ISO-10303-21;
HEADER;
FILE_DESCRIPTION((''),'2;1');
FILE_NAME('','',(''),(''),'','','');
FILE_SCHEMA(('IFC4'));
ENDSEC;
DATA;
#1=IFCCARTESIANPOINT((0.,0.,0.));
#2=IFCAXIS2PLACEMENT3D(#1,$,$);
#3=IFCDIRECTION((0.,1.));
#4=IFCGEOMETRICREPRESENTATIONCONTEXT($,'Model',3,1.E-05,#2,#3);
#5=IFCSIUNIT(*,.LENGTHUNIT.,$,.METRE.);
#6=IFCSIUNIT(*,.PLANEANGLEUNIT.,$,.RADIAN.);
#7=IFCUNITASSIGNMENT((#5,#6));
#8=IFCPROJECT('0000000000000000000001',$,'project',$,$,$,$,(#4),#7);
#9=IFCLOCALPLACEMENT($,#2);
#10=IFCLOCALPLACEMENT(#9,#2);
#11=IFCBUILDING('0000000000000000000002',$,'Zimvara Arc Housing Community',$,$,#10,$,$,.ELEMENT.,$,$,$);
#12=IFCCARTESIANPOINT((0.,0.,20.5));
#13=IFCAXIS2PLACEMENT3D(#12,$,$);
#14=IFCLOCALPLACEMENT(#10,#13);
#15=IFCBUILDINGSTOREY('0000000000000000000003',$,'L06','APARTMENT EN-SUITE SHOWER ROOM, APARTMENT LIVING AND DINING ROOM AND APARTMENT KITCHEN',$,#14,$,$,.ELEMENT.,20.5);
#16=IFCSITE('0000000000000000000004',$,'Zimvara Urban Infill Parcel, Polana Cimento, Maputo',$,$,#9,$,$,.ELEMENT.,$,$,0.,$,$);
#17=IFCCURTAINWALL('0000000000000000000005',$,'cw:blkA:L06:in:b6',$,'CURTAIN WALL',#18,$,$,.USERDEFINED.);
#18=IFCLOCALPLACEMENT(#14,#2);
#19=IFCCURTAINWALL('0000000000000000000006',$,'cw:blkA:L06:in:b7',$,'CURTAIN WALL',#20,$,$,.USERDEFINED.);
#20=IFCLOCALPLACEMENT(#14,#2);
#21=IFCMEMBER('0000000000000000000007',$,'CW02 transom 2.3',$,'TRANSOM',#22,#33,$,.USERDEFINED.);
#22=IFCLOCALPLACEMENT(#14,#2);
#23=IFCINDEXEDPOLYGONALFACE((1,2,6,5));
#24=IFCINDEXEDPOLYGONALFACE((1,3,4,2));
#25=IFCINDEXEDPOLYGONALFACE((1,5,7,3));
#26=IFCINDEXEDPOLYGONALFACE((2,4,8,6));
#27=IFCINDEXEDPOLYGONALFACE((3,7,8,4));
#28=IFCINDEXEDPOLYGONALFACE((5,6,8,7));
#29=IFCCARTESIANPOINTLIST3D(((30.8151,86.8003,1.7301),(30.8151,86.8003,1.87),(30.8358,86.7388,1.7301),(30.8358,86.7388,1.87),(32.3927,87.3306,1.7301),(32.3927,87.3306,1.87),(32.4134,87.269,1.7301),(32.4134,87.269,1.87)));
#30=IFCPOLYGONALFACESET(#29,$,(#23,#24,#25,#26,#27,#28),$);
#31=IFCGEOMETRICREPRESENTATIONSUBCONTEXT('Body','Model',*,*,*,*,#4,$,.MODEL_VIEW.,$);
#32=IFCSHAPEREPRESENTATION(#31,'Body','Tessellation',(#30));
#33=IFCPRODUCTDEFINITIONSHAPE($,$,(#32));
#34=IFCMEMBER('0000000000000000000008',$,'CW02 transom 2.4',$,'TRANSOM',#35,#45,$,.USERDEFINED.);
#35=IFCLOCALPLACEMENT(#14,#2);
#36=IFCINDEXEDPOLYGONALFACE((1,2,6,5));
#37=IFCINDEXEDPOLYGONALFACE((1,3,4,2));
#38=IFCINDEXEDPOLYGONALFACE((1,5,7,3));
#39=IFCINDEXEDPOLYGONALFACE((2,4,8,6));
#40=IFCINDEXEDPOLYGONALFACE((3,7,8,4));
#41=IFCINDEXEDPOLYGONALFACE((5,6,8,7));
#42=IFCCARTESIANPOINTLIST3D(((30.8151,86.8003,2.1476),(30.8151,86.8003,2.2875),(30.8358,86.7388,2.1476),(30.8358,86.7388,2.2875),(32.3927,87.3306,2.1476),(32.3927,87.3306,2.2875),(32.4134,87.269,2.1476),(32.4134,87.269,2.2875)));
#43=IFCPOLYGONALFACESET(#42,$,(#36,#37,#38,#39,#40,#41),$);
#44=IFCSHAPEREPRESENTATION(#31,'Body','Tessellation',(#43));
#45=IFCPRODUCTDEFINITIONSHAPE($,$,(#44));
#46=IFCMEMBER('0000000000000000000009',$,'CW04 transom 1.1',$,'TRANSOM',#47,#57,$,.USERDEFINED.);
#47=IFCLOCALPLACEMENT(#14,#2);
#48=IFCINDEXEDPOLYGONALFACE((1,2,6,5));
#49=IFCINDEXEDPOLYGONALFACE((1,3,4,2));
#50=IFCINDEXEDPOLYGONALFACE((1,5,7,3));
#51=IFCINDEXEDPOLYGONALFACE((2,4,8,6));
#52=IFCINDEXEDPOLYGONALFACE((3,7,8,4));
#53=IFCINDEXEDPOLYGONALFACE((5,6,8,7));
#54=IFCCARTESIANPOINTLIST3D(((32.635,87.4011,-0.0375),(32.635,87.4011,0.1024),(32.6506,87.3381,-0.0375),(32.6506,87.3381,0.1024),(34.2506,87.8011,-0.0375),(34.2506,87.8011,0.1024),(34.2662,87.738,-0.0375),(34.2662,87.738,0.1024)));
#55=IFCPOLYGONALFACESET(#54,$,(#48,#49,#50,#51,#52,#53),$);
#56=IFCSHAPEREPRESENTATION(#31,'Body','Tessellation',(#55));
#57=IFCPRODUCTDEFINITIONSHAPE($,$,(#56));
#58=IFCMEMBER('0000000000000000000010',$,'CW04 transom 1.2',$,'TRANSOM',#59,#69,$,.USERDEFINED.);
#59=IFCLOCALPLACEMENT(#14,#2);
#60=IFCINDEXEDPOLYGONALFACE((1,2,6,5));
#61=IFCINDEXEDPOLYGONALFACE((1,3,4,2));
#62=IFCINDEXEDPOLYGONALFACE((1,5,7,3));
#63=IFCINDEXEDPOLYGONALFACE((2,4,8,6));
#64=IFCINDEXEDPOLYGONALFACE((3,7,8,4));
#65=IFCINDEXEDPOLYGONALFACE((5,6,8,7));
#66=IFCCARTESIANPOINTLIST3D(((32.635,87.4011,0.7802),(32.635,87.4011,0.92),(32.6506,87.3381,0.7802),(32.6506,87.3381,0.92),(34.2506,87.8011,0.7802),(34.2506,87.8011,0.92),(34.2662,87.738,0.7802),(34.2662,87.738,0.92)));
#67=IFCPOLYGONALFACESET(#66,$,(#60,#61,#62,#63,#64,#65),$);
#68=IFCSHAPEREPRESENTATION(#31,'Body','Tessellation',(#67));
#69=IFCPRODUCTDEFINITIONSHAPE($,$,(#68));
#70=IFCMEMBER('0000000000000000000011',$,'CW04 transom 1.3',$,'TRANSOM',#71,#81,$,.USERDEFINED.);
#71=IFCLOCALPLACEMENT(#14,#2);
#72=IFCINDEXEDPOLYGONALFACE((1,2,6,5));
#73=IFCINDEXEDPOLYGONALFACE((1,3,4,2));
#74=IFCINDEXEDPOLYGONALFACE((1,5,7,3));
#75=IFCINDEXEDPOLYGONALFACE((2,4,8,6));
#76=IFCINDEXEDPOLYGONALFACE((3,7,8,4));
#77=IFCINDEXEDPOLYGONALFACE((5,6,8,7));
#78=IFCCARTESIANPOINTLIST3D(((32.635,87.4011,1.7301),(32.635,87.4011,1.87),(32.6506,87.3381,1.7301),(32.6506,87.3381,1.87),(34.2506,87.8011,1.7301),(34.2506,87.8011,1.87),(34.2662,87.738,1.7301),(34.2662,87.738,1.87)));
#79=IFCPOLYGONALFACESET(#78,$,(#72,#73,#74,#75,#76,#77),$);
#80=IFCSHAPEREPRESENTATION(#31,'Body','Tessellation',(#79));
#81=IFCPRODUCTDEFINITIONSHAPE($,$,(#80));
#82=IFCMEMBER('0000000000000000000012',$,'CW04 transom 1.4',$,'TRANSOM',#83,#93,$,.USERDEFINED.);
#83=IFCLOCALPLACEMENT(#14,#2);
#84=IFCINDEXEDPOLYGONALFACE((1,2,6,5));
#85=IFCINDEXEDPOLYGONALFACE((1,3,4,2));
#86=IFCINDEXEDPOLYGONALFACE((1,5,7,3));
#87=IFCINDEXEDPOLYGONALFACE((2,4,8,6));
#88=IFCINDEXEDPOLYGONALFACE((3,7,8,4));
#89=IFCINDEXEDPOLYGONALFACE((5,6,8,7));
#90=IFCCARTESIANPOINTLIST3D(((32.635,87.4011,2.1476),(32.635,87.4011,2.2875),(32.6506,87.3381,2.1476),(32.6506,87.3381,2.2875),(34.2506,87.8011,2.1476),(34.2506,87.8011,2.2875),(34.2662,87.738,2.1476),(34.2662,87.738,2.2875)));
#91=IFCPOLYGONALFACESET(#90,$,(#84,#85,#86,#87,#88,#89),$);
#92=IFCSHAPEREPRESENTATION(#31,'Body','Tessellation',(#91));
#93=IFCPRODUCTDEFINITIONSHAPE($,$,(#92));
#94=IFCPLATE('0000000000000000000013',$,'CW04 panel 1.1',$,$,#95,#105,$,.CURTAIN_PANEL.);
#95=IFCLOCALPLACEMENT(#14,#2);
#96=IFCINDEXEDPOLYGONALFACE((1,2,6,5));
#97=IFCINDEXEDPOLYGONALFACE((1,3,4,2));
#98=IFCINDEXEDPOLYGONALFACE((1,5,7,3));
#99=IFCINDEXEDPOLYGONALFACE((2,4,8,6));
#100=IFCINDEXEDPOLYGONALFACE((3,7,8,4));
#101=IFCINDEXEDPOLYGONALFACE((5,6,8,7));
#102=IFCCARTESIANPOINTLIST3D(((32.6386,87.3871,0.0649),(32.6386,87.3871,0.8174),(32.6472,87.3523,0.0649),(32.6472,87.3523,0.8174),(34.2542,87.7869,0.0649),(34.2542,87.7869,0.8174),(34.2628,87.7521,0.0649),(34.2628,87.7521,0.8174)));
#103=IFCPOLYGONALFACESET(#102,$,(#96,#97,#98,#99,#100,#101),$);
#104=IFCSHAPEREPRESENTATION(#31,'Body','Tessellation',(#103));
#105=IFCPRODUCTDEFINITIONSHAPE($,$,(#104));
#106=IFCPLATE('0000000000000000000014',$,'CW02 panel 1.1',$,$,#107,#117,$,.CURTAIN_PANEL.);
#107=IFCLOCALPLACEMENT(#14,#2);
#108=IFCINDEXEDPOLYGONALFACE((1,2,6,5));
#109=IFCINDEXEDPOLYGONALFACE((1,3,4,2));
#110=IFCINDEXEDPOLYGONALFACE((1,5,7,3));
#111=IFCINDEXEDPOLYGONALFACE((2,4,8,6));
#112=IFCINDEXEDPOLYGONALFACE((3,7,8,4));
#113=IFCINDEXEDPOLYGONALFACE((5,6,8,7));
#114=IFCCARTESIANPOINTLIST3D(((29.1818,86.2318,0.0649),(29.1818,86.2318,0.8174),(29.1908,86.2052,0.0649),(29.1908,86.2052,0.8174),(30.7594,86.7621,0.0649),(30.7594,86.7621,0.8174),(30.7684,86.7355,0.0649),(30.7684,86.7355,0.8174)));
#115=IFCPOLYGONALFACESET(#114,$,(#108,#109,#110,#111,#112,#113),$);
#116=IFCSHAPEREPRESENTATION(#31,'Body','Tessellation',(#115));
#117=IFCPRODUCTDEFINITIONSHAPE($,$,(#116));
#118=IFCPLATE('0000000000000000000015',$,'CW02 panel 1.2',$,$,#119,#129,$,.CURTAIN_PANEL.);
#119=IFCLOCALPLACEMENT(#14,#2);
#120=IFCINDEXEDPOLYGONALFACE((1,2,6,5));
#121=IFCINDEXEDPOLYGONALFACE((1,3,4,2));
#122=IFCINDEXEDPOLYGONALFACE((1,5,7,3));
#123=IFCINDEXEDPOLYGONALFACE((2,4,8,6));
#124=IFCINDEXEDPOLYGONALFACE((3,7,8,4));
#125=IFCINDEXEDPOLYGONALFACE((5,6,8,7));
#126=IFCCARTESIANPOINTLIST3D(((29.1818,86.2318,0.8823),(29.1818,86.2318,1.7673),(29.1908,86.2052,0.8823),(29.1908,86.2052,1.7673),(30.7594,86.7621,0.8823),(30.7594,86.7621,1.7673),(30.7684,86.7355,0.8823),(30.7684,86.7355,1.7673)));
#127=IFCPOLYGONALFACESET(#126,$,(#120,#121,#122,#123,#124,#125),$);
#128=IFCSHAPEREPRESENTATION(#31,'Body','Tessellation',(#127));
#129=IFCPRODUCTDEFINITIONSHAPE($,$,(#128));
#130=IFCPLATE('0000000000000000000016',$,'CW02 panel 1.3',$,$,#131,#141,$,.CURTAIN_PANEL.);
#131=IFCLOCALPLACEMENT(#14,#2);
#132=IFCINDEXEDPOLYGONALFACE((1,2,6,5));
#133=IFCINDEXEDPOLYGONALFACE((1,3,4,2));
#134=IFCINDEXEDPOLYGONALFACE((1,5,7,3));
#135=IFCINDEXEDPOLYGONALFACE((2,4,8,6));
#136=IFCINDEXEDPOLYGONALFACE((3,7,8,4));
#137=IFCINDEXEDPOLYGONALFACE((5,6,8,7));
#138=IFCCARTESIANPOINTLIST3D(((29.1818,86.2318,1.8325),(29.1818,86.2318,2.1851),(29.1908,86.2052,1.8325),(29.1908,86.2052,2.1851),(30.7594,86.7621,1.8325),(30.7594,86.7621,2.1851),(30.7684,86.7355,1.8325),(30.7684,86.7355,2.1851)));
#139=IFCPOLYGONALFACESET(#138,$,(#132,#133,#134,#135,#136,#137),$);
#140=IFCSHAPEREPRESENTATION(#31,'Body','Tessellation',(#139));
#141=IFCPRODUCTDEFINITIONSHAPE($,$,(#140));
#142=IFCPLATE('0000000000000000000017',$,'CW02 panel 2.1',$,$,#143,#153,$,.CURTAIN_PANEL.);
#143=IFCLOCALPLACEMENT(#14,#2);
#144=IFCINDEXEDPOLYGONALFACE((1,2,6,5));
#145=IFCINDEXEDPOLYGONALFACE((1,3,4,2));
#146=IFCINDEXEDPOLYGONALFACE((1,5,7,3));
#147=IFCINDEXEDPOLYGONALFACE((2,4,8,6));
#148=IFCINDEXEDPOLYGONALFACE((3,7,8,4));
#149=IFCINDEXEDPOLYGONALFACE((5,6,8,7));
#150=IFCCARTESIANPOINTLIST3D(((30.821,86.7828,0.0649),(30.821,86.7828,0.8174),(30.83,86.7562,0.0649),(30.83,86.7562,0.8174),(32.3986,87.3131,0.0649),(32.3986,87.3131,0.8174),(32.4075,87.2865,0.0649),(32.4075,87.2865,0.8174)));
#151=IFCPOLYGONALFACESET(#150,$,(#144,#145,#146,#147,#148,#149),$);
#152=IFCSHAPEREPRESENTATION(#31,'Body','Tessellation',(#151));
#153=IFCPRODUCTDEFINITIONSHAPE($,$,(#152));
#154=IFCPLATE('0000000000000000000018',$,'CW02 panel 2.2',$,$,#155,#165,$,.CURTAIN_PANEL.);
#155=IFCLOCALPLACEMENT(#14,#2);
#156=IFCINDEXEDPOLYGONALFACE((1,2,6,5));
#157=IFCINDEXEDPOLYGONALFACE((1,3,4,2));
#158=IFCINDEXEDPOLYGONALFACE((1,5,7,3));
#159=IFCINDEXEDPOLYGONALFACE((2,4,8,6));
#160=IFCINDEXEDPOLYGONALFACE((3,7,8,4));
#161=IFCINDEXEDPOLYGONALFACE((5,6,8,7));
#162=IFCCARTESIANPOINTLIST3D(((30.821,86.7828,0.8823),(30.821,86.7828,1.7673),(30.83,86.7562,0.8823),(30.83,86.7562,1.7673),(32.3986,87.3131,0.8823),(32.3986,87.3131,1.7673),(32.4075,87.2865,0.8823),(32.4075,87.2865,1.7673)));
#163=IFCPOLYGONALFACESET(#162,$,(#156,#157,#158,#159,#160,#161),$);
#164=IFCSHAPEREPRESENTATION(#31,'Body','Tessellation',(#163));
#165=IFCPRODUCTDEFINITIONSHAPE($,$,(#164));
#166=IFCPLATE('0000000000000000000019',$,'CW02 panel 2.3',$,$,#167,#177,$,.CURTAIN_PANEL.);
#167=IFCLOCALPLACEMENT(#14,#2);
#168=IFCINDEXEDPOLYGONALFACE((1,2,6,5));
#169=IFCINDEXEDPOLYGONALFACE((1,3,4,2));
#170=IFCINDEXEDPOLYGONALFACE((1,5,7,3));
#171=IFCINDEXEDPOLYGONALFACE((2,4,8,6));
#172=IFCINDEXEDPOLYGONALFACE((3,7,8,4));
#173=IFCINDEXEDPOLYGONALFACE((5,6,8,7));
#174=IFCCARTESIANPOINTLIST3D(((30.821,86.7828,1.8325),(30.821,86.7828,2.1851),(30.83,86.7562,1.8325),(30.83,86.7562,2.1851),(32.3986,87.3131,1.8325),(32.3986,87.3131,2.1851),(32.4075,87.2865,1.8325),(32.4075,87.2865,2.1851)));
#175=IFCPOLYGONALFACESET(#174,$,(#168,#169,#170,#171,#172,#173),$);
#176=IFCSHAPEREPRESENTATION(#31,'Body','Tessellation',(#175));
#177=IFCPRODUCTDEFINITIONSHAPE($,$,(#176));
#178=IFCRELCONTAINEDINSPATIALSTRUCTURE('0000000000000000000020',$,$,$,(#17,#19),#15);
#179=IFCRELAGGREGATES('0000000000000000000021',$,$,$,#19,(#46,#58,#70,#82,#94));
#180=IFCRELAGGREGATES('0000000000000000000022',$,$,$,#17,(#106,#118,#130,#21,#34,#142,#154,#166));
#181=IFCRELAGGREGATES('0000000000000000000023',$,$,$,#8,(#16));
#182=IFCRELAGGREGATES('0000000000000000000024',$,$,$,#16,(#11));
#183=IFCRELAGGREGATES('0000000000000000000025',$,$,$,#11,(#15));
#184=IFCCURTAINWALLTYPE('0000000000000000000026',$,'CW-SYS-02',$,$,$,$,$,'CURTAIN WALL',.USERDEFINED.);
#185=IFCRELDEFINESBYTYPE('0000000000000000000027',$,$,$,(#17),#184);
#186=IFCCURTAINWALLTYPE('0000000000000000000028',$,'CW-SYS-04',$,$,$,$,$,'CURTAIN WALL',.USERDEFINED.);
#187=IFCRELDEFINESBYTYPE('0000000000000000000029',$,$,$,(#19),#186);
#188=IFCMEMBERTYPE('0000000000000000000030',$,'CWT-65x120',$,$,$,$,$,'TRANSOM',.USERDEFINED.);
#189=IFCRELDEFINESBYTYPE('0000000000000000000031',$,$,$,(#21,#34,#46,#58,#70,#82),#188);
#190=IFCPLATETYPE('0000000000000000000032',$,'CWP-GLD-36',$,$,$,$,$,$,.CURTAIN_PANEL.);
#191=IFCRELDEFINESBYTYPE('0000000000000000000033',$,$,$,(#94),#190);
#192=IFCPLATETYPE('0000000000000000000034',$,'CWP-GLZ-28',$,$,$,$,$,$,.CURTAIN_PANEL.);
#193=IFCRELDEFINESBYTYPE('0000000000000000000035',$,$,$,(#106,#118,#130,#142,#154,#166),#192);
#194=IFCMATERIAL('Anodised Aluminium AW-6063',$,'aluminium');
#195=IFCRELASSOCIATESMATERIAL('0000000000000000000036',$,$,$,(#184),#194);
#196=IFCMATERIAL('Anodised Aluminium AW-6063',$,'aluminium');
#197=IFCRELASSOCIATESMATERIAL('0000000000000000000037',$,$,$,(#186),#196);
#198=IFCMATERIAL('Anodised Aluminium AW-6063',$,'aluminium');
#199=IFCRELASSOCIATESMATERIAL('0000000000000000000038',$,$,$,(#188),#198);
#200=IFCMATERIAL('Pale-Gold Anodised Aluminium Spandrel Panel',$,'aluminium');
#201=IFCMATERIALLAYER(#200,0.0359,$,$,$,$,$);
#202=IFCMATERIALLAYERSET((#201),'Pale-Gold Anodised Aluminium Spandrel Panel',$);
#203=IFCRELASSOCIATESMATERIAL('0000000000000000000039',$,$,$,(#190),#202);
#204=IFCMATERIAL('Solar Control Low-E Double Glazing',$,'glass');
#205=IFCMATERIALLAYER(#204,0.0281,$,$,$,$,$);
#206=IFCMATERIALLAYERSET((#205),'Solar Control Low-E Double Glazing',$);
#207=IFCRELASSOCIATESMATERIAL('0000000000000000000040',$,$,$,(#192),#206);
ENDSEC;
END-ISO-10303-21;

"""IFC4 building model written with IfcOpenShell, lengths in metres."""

from ifc_helpers import new_model, si_unit, direction, frame, origin, origin_2d, place, context, subcontext, project, spatial, rectangle, extrude, material, layer, layer_set, material_profile, profile_set, type_object, element, aggregate, save


model = new_model("IFC4")

# Units and contexts
model_context = context("Model", 3, precision=1e-05, world=origin(), true_north=direction((0.0, 1.0)))
body_context = subcontext(model_context, "Body", "Model", "MODEL_VIEW")
ifc_project = project(units=[si_unit("LENGTHUNIT", "METRE"), si_unit("PLANEANGLEUNIT", "RADIAN")], contexts=[model_context])

# Site, building, storey
site_placement = place(None, origin())
site = spatial("IfcSite", under=ifc_project, at=site_placement, Name="Zimvara Urban Infill Parcel, Polana Cimento, Maputo", CompositionType="ELEMENT", RefElevation=0.0)
building_placement = place(site_placement, origin())
building = spatial("IfcBuilding", under=site, at=building_placement, Name="Zimvara Arc Housing Community", CompositionType="ELEMENT")
storey_placement = place(building_placement, frame((0.0, 0.0, 20.5)))
storey = spatial("IfcBuildingStorey", under=building, at=storey_placement, Name="L06", Description="APARTMENT EN-SUITE SHOWER ROOM, APARTMENT LIVING AND DINING ROOM AND APARTMENT KITCHEN", CompositionType="ELEMENT", Elevation=20.5)

# Curtain wall
ifc_material_1 = material(Name="Anodised Aluminium AW-6063", Category="aluminium")
curtain_wall_type_1 = type_object("IfcCurtainWallType", Name="CW-SYS-02", ElementType="CURTAIN WALL", PredefinedType="USERDEFINED", material=ifc_material_1)
curtain_wall_1_placement = place(storey_placement, origin())
curtain_wall_1 = element("IfcCurtainWall", 1, at=curtain_wall_1_placement, inside=storey, type_object=curtain_wall_type_1, Name="cw:blkA:L06:in:b6", ObjectType="CURTAIN WALL", PredefinedType="USERDEFINED")

# Curtain wall
ifc_material_2 = material(Name="Anodised Aluminium AW-6063", Category="aluminium")
curtain_wall_type_2 = type_object("IfcCurtainWallType", Name="CW-SYS-04", ElementType="CURTAIN WALL", PredefinedType="USERDEFINED", material=ifc_material_2)
curtain_wall_2_placement = place(storey_placement, origin())
curtain_wall_2 = element("IfcCurtainWall", 2, at=curtain_wall_2_placement, inside=storey, type_object=curtain_wall_type_2, Name="cw:blkA:L06:in:b7", ObjectType="CURTAIN WALL", PredefinedType="USERDEFINED")

# Members
ifc_material_3 = material(Name="Anodised Aluminium AW-6063", Category="aluminium")
ifc_material_profile_1 = material_profile(ifc_material_3, rectangle(XDim=0.0649, YDim=0.1399, at=origin_2d()), Name="ALU 65x140")
ifc_profile_set_1 = profile_set([ifc_material_profile_1], Name="Anodised Aluminium AW-6063")
member_type_1 = type_object("IfcMemberType", Name="CWT-65x120", ElementType="TRANSOM", PredefinedType="USERDEFINED", material=ifc_profile_set_1)
member_1_placement = place(storey_placement, frame((30.8254, 86.7695, 1.8), z_axis=(0.947888, 0.318603, 0.0), x_axis=(-0.318603, 0.947888, 0.0)))
member_1 = element("IfcMember", 3, at=member_1_placement, type_object=member_type_1, Name="CW02 transom 2.3", ObjectType="TRANSOM", PredefinedType="USERDEFINED", context=body_context, shape_type="SweptSolid", body=[
    extrude(rectangle(XDim=0.0649, YDim=0.1399, at=origin_2d()), origin(), (0.0, 0.0, 1.0), 1.6643),
])
member_2_placement = place(storey_placement, frame((30.8254, 86.7695, 2.2175), z_axis=(0.947888, 0.318603, 0.0), x_axis=(-0.318603, 0.947888, 0.0)))
member_2 = element("IfcMember", 4, at=member_2_placement, type_object=member_type_1, Name="CW02 transom 2.4", ObjectType="TRANSOM", PredefinedType="USERDEFINED", context=body_context, shape_type="SweptSolid", body=[
    extrude(rectangle(XDim=0.0649, YDim=0.1399, at=origin_2d()), origin(), (0.0, 0.0, 1.0), 1.6643),
])
member_3_placement = place(storey_placement, frame((32.6428, 87.3696, 0.0325), z_axis=(0.970701, 0.240291, 0.0), x_axis=(-0.240291, 0.970701, 0.0)))
member_3 = element("IfcMember", 5, at=member_3_placement, type_object=member_type_1, Name="CW04 transom 1.1", ObjectType="TRANSOM", PredefinedType="USERDEFINED", context=body_context, shape_type="SweptSolid", body=[
    extrude(rectangle(XDim=0.0649, YDim=0.1399, at=origin_2d()), origin(), (0.0, 0.0, 1.0), 1.6643),
])
member_4_placement = place(storey_placement, frame((32.6428, 87.3696, 0.8501), z_axis=(0.970701, 0.240291, 0.0), x_axis=(-0.240291, 0.970701, 0.0)))
member_4 = element("IfcMember", 6, at=member_4_placement, type_object=member_type_1, Name="CW04 transom 1.2", ObjectType="TRANSOM", PredefinedType="USERDEFINED", context=body_context, shape_type="SweptSolid", body=[
    extrude(rectangle(XDim=0.0649, YDim=0.1399, at=origin_2d()), origin(), (0.0, 0.0, 1.0), 1.6643),
])
member_5_placement = place(storey_placement, frame((32.6428, 87.3696, 1.8), z_axis=(0.970701, 0.240291, 0.0), x_axis=(-0.240291, 0.970701, 0.0)))
member_5 = element("IfcMember", 7, at=member_5_placement, type_object=member_type_1, Name="CW04 transom 1.3", ObjectType="TRANSOM", PredefinedType="USERDEFINED", context=body_context, shape_type="SweptSolid", body=[
    extrude(rectangle(XDim=0.0649, YDim=0.1399, at=origin_2d()), origin(), (0.0, 0.0, 1.0), 1.6643),
])
member_6_placement = place(storey_placement, frame((32.6428, 87.3696, 2.2175), z_axis=(0.970701, 0.240291, 0.0), x_axis=(-0.240291, 0.970701, 0.0)))
member_6 = element("IfcMember", 8, at=member_6_placement, type_object=member_type_1, Name="CW04 transom 1.4", ObjectType="TRANSOM", PredefinedType="USERDEFINED", context=body_context, shape_type="SweptSolid", body=[
    extrude(rectangle(XDim=0.0649, YDim=0.1399, at=origin_2d()), origin(), (0.0, 0.0, 1.0), 1.6643),
])

# Plates
ifc_material_4 = material(Name="Pale-Gold Anodised Aluminium Spandrel Panel", Category="aluminium")
ifc_layer_1 = layer(ifc_material_4, 0.0359)
ifc_layer_set_1 = layer_set([ifc_layer_1], Name="Pale-Gold Anodised Aluminium Spandrel Panel")
plate_type_1 = type_object("IfcPlateType", Name="CWP-GLD-36", PredefinedType="CURTAIN_PANEL", material=ifc_layer_set_1)
plate_1_placement = place(storey_placement, frame((33.4507, 87.5696, 0.0649), z_axis=(0.0, 0.0, 1.0), x_axis=(0.970717, 0.240228, 0.0)))
plate_1 = element("IfcPlate", 9, at=plate_1_placement, type_object=plate_type_1, Name="CW04 panel 1.1", PredefinedType="CURTAIN_PANEL", context=body_context, shape_type="SweptSolid", body=[
    extrude(rectangle(XDim=1.6643, YDim=0.0359, at=origin_2d()), origin(), (0.0, 0.0, 1.0), 0.7524),
])
aggregate(curtain_wall_2, [member_3, member_4, member_5, member_6, plate_1])
ifc_material_5 = material(Name="Solar Control Low-E Double Glazing", Category="glass")
ifc_layer_2 = layer(ifc_material_5, 0.0281)
ifc_layer_set_2 = layer_set([ifc_layer_2], Name="Solar Control Low-E Double Glazing")
plate_type_2 = type_object("IfcPlateType", Name="CWP-GLZ-28", PredefinedType="CURTAIN_PANEL", material=ifc_layer_set_2)
plate_2_placement = place(storey_placement, frame((29.9751, 86.4836, 0.0649), z_axis=(0.0, 0.0, 1.0), x_axis=(0.947879, 0.31863, 0.0)))
plate_2 = element("IfcPlate", 10, at=plate_2_placement, type_object=plate_type_2, Name="CW02 panel 1.1", PredefinedType="CURTAIN_PANEL", context=body_context, shape_type="SweptSolid", body=[
    extrude(rectangle(XDim=1.6643, YDim=0.0281, at=origin_2d()), origin(), (0.0, 0.0, 1.0), 0.7524),
])
plate_3_placement = place(storey_placement, frame((29.9751, 86.4836, 0.8823), z_axis=(0.0, 0.0, 1.0), x_axis=(0.947879, 0.31863, 0.0)))
plate_3 = element("IfcPlate", 11, at=plate_3_placement, type_object=plate_type_2, Name="CW02 panel 1.2", PredefinedType="CURTAIN_PANEL", context=body_context, shape_type="SweptSolid", body=[
    extrude(rectangle(XDim=1.6643, YDim=0.0281, at=origin_2d()), origin(), (0.0, 0.0, 1.0), 0.885),
])
plate_4_placement = place(storey_placement, frame((29.9751, 86.4836, 1.8325), z_axis=(0.0, 0.0, 1.0), x_axis=(0.947879, 0.31863, 0.0)))
plate_4 = element("IfcPlate", 12, at=plate_4_placement, type_object=plate_type_2, Name="CW02 panel 1.3", PredefinedType="CURTAIN_PANEL", context=body_context, shape_type="SweptSolid", body=[
    extrude(rectangle(XDim=1.6643, YDim=0.0281, at=origin_2d()), origin(), (0.0, 0.0, 1.0), 0.3525),
])
plate_5_placement = place(storey_placement, frame((31.6143, 87.0347, 0.0649), z_axis=(0.0, 0.0, 1.0), x_axis=(0.947879, 0.31863, 0.0)))
plate_5 = element("IfcPlate", 13, at=plate_5_placement, type_object=plate_type_2, Name="CW02 panel 2.1", PredefinedType="CURTAIN_PANEL", context=body_context, shape_type="SweptSolid", body=[
    extrude(rectangle(XDim=1.6643, YDim=0.0281, at=origin_2d()), origin(), (0.0, 0.0, 1.0), 0.7524),
])
plate_6_placement = place(storey_placement, frame((31.6143, 87.0347, 0.8823), z_axis=(0.0, 0.0, 1.0), x_axis=(0.947879, 0.31863, 0.0)))
plate_6 = element("IfcPlate", 14, at=plate_6_placement, type_object=plate_type_2, Name="CW02 panel 2.2", PredefinedType="CURTAIN_PANEL", context=body_context, shape_type="SweptSolid", body=[
    extrude(rectangle(XDim=1.6643, YDim=0.0281, at=origin_2d()), origin(), (0.0, 0.0, 1.0), 0.885),
])
plate_7_placement = place(storey_placement, frame((31.6143, 87.0347, 1.8325), z_axis=(0.0, 0.0, 1.0), x_axis=(0.947879, 0.31863, 0.0)))
plate_7 = element("IfcPlate", 15, at=plate_7_placement, type_object=plate_type_2, Name="CW02 panel 2.3", PredefinedType="CURTAIN_PANEL", context=body_context, shape_type="SweptSolid", body=[
    extrude(rectangle(XDim=1.6643, YDim=0.0281, at=origin_2d()), origin(), (0.0, 0.0, 1.0), 0.3525),
])
aggregate(curtain_wall_1, [plate_2, plate_3, plate_4, member_1, member_2, plate_5, plate_6, plate_7])

save(model, "model.ifc")
